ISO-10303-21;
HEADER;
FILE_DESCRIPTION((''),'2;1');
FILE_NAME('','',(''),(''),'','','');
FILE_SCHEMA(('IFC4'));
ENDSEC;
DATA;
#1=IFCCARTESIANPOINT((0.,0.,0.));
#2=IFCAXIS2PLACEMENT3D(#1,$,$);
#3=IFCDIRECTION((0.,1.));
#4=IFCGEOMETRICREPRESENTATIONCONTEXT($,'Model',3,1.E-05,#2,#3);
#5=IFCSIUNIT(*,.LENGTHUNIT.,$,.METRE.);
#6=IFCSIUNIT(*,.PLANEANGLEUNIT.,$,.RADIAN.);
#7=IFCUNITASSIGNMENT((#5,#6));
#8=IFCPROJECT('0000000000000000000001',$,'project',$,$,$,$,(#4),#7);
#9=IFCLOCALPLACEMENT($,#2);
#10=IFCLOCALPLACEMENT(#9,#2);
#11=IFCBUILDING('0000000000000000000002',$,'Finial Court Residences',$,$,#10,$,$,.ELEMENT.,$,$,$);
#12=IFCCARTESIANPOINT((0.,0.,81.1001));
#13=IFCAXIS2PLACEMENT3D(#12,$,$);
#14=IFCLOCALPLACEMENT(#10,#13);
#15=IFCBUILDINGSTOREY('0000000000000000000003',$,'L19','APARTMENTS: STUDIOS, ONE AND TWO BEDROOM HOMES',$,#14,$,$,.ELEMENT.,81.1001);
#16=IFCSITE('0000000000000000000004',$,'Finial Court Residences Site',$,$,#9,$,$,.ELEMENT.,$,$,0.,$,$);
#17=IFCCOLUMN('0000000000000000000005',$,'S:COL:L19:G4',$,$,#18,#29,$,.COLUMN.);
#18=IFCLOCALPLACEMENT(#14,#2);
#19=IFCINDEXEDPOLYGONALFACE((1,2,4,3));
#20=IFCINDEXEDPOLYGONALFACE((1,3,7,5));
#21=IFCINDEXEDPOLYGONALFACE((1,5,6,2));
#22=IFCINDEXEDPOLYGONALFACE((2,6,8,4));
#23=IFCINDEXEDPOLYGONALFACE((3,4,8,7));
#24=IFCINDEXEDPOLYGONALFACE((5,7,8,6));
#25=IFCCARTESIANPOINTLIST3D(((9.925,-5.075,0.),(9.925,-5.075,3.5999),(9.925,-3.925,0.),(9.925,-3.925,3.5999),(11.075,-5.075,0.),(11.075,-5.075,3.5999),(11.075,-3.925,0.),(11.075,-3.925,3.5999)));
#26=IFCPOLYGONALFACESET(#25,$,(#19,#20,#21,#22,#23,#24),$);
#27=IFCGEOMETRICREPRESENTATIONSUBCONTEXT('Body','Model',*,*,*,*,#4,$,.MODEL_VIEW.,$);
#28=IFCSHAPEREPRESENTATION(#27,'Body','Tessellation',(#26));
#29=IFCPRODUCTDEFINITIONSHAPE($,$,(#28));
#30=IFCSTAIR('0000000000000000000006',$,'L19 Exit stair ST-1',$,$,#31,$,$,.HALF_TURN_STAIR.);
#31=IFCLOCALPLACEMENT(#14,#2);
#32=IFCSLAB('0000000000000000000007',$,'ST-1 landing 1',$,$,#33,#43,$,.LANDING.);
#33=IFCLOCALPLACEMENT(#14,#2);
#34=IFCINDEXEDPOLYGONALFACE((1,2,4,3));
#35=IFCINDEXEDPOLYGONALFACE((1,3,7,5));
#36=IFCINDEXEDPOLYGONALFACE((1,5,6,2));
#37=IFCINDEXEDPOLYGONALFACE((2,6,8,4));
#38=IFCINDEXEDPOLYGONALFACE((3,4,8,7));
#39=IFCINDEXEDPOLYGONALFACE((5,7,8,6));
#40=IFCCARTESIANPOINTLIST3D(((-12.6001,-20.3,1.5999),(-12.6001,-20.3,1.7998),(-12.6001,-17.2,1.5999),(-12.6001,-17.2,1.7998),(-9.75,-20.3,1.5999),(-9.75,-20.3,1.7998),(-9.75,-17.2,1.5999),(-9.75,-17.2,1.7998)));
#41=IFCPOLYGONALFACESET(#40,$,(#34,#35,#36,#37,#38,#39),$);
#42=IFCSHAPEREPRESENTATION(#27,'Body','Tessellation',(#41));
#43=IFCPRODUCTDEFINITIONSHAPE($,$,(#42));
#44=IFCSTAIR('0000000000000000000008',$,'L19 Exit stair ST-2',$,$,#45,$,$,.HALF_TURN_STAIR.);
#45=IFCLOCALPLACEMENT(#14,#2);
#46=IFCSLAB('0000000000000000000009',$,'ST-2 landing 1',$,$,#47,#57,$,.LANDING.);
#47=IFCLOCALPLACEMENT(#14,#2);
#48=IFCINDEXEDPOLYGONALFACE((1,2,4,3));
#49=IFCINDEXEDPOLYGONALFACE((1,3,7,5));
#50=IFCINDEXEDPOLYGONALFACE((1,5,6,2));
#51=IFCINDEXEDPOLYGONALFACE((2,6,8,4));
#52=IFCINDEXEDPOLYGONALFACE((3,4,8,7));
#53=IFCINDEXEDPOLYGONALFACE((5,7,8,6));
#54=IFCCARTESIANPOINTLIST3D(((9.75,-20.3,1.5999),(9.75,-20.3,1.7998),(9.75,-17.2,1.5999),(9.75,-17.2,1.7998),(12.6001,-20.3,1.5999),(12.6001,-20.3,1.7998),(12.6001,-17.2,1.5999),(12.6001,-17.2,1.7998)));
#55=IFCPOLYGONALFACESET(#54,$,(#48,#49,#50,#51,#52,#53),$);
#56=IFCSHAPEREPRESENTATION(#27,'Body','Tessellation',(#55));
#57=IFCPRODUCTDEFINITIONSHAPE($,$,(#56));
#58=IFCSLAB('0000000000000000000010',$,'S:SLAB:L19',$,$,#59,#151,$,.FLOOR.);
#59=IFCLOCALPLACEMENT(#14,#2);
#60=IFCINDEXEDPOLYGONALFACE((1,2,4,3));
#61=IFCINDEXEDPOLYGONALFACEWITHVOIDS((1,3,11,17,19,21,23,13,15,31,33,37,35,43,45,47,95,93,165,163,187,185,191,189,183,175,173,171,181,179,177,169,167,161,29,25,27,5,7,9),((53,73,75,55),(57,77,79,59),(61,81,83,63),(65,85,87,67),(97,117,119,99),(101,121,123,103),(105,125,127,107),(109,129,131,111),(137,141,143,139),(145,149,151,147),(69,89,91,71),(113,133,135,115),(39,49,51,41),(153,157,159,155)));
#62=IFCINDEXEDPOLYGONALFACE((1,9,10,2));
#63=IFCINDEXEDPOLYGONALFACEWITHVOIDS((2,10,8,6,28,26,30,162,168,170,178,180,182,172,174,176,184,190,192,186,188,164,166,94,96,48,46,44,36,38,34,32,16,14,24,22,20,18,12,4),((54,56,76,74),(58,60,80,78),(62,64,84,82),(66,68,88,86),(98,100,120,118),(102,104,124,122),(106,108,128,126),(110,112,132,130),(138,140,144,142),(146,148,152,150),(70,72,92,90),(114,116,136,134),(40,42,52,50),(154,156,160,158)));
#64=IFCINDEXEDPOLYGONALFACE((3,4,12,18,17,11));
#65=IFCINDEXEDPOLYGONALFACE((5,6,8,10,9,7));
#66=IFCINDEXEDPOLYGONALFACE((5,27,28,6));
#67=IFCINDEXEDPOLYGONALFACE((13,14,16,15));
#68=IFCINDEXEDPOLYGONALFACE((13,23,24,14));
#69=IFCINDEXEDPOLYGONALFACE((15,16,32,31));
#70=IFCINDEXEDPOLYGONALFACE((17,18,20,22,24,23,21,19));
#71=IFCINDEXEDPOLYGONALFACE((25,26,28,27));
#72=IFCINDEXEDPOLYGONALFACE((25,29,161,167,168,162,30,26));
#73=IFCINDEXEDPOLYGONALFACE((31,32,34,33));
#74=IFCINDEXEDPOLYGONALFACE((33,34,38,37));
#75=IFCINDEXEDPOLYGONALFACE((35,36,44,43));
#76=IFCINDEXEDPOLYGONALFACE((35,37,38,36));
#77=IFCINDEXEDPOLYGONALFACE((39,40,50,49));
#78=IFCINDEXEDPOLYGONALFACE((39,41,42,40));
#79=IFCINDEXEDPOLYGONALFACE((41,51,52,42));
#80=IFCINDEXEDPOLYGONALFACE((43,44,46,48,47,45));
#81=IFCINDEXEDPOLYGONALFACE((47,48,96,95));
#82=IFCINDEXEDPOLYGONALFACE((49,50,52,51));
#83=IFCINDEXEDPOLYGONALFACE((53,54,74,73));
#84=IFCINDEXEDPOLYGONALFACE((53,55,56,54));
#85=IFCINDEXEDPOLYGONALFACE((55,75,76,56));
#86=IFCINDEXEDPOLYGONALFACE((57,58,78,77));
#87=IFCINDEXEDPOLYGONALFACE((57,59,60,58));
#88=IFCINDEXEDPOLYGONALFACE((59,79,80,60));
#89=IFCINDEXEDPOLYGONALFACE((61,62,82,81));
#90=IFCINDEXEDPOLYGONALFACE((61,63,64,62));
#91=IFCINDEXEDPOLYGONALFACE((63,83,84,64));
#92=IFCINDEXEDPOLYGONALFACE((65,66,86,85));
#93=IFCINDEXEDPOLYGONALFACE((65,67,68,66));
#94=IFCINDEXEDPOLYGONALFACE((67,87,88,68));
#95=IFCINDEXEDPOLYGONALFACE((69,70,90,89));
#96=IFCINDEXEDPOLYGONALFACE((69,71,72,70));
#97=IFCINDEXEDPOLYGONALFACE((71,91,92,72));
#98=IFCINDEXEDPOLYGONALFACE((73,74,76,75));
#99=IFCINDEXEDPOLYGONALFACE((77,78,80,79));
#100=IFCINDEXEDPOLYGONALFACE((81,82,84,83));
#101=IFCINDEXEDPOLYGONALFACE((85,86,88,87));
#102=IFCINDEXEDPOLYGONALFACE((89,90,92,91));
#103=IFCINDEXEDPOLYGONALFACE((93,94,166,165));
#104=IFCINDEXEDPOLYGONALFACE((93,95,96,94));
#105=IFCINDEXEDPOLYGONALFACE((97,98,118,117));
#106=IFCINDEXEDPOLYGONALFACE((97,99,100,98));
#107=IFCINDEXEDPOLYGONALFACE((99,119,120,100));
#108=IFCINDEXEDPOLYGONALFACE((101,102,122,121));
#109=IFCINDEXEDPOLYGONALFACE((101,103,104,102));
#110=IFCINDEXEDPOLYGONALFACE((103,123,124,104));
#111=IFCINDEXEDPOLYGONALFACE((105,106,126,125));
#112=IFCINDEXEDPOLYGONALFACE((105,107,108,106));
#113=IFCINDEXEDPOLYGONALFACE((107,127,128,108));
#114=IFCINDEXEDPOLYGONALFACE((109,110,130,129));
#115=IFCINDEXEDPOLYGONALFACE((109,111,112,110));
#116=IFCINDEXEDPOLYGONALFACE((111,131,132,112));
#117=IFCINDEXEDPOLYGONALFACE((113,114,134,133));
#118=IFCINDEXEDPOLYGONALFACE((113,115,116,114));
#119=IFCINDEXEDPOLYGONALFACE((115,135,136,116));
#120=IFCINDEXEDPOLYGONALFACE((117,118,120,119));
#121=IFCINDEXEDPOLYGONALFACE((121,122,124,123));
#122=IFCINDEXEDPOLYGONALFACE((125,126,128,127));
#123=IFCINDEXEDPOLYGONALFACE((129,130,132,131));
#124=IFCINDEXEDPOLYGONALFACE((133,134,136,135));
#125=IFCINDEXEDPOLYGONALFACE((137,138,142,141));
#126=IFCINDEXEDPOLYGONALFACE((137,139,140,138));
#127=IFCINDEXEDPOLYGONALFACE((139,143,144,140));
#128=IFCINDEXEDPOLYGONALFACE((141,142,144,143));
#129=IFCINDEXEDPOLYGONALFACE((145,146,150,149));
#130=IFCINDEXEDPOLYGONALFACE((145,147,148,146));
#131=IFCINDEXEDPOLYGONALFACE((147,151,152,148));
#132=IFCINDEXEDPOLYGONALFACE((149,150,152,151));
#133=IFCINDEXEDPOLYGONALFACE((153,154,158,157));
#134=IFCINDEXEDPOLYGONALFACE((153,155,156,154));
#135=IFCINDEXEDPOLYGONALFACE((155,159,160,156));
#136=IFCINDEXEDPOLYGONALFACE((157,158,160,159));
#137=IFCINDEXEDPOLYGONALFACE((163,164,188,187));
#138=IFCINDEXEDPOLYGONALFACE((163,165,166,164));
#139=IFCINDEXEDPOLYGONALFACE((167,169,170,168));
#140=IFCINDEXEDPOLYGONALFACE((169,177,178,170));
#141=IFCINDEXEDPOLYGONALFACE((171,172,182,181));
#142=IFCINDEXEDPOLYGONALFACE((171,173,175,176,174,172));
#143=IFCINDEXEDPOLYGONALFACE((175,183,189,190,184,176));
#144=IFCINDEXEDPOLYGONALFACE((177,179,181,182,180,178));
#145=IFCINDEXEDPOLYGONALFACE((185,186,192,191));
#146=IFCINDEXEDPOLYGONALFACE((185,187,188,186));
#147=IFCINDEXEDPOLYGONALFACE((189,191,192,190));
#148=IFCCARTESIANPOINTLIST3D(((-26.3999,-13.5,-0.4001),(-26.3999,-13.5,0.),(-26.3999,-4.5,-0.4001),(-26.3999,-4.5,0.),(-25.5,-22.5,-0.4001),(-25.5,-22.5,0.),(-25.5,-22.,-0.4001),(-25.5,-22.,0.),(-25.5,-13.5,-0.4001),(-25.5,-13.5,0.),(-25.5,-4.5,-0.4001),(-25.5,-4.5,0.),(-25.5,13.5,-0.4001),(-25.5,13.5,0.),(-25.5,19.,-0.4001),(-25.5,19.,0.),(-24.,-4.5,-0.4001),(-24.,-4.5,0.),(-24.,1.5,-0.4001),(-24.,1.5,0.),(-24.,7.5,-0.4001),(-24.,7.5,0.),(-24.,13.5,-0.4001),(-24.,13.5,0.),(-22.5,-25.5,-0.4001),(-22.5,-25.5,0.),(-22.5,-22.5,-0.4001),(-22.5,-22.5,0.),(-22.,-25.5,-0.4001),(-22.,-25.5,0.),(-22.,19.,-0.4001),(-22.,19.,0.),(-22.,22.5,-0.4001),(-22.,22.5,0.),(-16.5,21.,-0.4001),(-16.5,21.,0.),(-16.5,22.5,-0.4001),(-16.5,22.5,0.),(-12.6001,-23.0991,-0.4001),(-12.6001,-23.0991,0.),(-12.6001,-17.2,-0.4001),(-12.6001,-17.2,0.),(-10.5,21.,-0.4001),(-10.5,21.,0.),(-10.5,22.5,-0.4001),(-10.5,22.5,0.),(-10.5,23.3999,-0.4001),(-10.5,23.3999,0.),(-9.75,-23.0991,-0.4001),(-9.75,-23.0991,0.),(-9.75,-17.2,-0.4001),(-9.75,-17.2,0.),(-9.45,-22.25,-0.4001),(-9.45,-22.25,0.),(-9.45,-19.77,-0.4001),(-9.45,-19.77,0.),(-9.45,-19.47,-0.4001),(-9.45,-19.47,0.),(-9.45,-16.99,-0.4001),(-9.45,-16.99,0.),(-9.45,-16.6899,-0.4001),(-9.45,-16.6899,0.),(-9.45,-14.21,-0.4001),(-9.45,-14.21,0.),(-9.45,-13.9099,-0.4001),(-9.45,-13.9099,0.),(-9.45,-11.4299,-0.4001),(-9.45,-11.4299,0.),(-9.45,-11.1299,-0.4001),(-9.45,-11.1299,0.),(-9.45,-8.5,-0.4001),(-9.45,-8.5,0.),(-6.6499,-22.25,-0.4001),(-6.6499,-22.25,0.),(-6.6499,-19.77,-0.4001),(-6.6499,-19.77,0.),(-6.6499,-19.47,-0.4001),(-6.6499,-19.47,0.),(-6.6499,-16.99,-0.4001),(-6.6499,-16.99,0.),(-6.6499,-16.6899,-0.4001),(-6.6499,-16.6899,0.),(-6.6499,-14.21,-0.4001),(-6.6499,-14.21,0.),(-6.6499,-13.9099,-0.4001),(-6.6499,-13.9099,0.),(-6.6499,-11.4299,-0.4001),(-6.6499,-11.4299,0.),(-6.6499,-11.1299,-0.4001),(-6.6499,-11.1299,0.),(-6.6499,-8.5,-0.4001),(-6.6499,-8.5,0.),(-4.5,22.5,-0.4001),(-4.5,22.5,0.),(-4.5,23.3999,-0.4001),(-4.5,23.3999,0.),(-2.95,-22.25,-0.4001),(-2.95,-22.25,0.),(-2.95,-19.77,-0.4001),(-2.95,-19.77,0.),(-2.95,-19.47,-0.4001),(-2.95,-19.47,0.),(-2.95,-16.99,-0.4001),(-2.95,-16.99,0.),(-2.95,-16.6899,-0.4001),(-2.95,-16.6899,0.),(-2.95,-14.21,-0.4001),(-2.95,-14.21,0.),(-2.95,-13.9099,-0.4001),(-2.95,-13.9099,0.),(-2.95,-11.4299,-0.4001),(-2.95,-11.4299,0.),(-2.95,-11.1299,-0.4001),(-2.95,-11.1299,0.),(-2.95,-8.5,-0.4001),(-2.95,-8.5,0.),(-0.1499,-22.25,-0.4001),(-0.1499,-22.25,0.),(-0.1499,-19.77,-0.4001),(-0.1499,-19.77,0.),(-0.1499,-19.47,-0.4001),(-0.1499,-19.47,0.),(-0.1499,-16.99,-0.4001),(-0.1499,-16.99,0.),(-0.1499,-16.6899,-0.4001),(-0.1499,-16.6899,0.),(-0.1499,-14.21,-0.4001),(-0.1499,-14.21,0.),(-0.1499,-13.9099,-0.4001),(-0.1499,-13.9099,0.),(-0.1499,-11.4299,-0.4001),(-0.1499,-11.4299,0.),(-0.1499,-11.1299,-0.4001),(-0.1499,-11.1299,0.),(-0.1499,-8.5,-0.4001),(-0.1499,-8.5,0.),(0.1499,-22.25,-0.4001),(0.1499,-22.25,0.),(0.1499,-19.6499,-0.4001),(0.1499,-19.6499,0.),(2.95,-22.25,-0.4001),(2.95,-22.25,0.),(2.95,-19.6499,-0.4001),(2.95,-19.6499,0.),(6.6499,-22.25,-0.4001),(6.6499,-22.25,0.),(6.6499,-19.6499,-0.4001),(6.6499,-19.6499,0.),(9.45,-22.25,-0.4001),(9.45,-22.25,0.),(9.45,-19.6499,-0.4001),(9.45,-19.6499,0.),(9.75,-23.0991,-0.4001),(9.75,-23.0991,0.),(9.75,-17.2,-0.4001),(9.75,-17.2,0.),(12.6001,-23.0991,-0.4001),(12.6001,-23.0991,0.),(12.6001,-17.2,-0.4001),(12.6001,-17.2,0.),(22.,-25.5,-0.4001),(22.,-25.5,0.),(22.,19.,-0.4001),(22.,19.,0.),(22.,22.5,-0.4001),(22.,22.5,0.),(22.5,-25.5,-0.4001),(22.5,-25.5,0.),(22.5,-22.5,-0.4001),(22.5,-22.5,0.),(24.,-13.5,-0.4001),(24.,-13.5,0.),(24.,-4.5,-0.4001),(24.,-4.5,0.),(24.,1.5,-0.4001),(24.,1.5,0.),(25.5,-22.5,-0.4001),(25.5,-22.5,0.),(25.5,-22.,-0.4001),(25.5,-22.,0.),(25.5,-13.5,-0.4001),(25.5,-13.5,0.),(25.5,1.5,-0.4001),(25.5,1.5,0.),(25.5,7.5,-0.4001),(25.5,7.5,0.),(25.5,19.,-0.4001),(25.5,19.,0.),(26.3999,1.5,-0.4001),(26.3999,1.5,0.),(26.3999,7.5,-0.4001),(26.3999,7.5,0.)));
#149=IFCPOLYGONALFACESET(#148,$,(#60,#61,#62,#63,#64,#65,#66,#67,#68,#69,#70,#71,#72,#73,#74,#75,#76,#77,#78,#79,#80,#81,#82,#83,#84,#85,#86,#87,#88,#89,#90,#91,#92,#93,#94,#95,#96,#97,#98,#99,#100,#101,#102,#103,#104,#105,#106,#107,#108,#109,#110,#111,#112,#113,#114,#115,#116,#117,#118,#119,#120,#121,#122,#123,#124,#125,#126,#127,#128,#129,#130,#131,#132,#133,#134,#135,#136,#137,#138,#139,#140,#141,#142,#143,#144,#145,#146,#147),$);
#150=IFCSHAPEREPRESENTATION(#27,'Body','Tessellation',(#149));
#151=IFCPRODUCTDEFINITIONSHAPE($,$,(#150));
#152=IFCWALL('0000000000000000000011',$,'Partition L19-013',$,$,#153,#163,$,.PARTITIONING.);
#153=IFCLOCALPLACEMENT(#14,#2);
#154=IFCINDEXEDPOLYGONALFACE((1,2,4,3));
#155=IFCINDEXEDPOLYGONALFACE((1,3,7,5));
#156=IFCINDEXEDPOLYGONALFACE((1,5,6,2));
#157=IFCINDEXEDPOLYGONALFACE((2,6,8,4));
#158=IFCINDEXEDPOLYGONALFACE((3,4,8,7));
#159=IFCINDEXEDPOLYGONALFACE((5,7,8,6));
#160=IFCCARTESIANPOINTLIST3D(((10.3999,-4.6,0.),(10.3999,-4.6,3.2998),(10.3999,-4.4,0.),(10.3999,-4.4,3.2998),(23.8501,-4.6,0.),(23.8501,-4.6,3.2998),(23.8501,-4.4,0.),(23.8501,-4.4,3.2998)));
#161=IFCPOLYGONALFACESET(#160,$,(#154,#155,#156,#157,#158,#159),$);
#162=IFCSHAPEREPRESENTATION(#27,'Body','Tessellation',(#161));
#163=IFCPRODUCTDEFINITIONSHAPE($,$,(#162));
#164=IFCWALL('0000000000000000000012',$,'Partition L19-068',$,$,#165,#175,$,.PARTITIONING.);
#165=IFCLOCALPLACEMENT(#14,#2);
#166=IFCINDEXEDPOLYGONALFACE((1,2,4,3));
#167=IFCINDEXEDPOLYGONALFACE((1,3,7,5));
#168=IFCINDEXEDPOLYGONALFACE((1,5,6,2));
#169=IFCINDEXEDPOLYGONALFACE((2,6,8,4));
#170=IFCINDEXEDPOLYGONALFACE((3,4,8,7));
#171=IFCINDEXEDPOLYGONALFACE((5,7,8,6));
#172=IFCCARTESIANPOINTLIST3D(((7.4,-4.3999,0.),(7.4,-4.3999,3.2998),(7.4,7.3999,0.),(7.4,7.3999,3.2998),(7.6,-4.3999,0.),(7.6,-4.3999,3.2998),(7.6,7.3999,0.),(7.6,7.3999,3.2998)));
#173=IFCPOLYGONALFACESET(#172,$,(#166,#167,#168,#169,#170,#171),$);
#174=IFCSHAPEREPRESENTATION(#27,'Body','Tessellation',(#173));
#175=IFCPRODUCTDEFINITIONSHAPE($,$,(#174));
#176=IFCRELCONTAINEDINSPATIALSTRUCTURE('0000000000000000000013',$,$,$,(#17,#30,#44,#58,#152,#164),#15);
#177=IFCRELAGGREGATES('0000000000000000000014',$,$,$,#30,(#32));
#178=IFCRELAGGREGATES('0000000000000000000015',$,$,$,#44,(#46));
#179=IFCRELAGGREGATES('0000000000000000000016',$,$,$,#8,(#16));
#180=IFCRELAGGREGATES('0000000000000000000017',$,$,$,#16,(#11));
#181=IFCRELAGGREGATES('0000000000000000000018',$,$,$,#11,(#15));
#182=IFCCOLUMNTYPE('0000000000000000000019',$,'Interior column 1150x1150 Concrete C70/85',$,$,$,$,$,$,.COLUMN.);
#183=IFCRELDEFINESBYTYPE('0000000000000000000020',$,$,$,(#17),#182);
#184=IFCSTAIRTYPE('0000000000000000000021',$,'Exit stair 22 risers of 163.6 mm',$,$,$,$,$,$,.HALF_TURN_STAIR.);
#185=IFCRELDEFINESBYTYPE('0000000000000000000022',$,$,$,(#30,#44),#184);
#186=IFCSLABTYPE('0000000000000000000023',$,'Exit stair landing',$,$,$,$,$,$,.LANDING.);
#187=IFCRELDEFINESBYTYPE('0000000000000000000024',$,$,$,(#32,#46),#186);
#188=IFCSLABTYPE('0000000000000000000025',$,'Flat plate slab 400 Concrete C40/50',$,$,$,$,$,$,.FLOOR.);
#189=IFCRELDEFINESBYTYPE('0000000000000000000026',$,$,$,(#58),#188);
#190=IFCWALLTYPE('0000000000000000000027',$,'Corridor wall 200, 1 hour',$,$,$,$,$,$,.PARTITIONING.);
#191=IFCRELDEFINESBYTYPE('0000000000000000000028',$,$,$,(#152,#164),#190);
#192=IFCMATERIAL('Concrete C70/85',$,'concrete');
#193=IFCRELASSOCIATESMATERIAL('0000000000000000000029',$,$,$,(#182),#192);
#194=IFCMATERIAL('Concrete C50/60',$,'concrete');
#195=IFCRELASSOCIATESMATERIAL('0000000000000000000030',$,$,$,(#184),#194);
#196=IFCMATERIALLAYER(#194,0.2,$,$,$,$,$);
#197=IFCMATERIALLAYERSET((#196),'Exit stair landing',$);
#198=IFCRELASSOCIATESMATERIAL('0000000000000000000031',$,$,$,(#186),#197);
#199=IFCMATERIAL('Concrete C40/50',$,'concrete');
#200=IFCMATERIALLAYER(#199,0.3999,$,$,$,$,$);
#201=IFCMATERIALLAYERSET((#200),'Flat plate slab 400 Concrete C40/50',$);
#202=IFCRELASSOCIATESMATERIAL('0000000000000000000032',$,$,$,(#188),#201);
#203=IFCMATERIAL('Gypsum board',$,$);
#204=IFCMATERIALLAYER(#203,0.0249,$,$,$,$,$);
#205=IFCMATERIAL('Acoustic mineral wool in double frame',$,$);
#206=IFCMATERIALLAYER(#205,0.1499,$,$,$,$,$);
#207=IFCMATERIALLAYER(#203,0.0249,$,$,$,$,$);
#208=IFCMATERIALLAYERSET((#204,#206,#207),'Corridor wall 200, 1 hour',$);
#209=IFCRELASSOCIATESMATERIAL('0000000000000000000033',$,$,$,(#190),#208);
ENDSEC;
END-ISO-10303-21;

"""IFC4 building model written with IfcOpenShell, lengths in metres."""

from ifc_helpers import new_model, si_unit, direction, frame, frame_2d, origin, origin_2d, place, context, subcontext, project, spatial, polyline, rectangle, outline, extrude, material, layer, layer_set, material_profile, profile_set, type_object, element, aggregate, save


model = new_model("IFC4")

# Units and contexts
model_context = context("Model", 3, precision=1e-05, world=origin(), true_north=direction((0.0, 1.0)))
body_context = subcontext(model_context, "Body", "Model", "MODEL_VIEW")
ifc_project = project(units=[si_unit("LENGTHUNIT", "METRE"), si_unit("PLANEANGLEUNIT", "RADIAN")], contexts=[model_context])

# Site, building, storey
site_placement = place(None, origin())
site = spatial("IfcSite", under=ifc_project, at=site_placement, Name="Finial Court Residences Site", CompositionType="ELEMENT", RefElevation=0.0)
building_placement = place(site_placement, origin())
building = spatial("IfcBuilding", under=site, at=building_placement, Name="Finial Court Residences", CompositionType="ELEMENT")
storey_placement = place(building_placement, frame((0.0, 0.0, 81.1001)))
storey = spatial("IfcBuildingStorey", under=building, at=storey_placement, Name="L19", Description="APARTMENTS: STUDIOS, ONE AND TWO BEDROOM HOMES", CompositionType="ELEMENT", Elevation=81.1001)

# Column
ifc_material_1 = material(Name="Concrete C70/85", Category="concrete")
ifc_material_profile = material_profile(ifc_material_1, rectangle(XDim=1.1499, YDim=1.1499, at=origin_2d()), Name="1150x1150")
ifc_profile_set = profile_set([ifc_material_profile], Name="Concrete C70/85")
column_type = type_object("IfcColumnType", Name="Interior column 1150x1150 Concrete C70/85", PredefinedType="COLUMN", material=ifc_profile_set)
column_placement = place(storey_placement, frame((10.5, -4.5, 0.0), z_axis=(0.0, 0.0, 1.0), x_axis=(1.0, 0.0, 0.0)))
element("IfcColumn", 1, at=column_placement, inside=storey, type_object=column_type, Name="S:COL:L19:G4", PredefinedType="COLUMN", context=body_context, shape_type="SweptSolid", body=[
    extrude(rectangle(XDim=1.1499, YDim=1.1499, at=origin_2d()), origin(), (0.0, 0.0, 1.0), 3.5999),
])

# Stairs, slabs
ifc_material_2 = material(Name="Concrete C50/60", Category="concrete")
stair_type = type_object("IfcStairType", Name="Exit stair 22 risers of 163.6 mm", PredefinedType="HALF_TURN_STAIR", material=ifc_material_2)
stair_1_placement = place(storey_placement, origin())
stair_1 = element("IfcStair", 2, at=stair_1_placement, inside=storey, type_object=stair_type, Name="L19 Exit stair ST-1", PredefinedType="HALF_TURN_STAIR")
ifc_layer_1 = layer(ifc_material_2, 0.2)
ifc_layer_set_1 = layer_set([ifc_layer_1], Name="Exit stair landing")
slab_type_1 = type_object("IfcSlabType", Name="Exit stair landing", PredefinedType="LANDING", material=ifc_layer_set_1)
slab_1_placement = place(storey_placement, frame((0.0, 0.0, 1.5999)))
slab_1 = element("IfcSlab", 3, at=slab_1_placement, type_object=slab_type_1, Name="ST-1 landing 1", PredefinedType="LANDING", context=body_context, shape_type="SweptSolid", body=[
    extrude(outline(polyline([(-9.75, -20.3), (-9.75, -17.2), (-12.6001, -17.2), (-12.6001, -20.3), (-9.75, -20.3)])), origin(), (0.0, 0.0, 1.0), 0.2),
])
aggregate(stair_1, [slab_1])
stair_2_placement = place(storey_placement, origin())
stair_2 = element("IfcStair", 4, at=stair_2_placement, inside=storey, type_object=stair_type, Name="L19 Exit stair ST-2", PredefinedType="HALF_TURN_STAIR")
slab_2_placement = place(storey_placement, frame((0.0, 0.0, 1.5999)))
slab_2 = element("IfcSlab", 5, at=slab_2_placement, type_object=slab_type_1, Name="ST-2 landing 1", PredefinedType="LANDING", context=body_context, shape_type="SweptSolid", body=[
    extrude(outline(polyline([(12.6001, -20.3), (12.6001, -17.2), (9.75, -17.2), (9.75, -20.3), (12.6001, -20.3)])), origin(), (0.0, 0.0, 1.0), 0.2),
])
aggregate(stair_2, [slab_2])

# Slab
ifc_material_3 = material(Name="Concrete C40/50", Category="concrete")
ifc_layer_2 = layer(ifc_material_3, 0.3999)
ifc_layer_set_2 = layer_set([ifc_layer_2], Name="Flat plate slab 400 Concrete C40/50")
slab_type_2 = type_object("IfcSlabType", Name="Flat plate slab 400 Concrete C40/50", PredefinedType="FLOOR", material=ifc_layer_set_2)
slab_3_placement = place(storey_placement, frame((0.0, 0.0, -0.4001)))
element("IfcSlab", 6, at=slab_3_placement, inside=storey, type_object=slab_type_2, Name="S:SLAB:L19", PredefinedType="FLOOR", context=body_context, shape_type="SweptSolid", body=[
    extrude(outline(polyline([(-22.5, -25.5), (-22.5, -22.5), (-25.5, -22.5), (-25.5, -22.0), (-25.5, -13.5), (-26.3999, -13.5), (-26.3999, -4.5), (-25.5, -4.5), (-24.0, -4.5), (-24.0, 1.5), (-24.0, 7.5), (-24.0, 13.5), (-25.5, 13.5), (-25.5, 19.0), (-22.0, 19.0), (-22.0, 22.5), (-16.5, 22.5), (-16.5, 21.0), (-10.5, 21.0), (-10.5, 22.5), (-10.5, 23.3999), (-4.5, 23.3999), (-4.5, 22.5), (22.0, 22.5), (22.0, 19.0), (25.5, 19.0), (25.5, 7.5), (26.3999, 7.5), (26.3999, 1.5), (25.5, 1.5), (24.0, 1.5), (24.0, -4.5), (24.0, -13.5), (25.5, -13.5), (25.5, -22.0), (25.5, -22.5), (22.5, -22.5), (22.5, -25.5), (22.0, -25.5), (-22.0, -25.5), (-22.5, -25.5)]), holes=[polyline([(-6.6499, -19.77), (-9.45, -19.77), (-9.45, -22.25), (-6.6499, -22.25), (-6.6499, -19.77)]), polyline([(-9.75, -17.2), (-12.6001, -17.2), (-12.6001, -23.0991), (-9.75, -23.0991), (-9.75, -17.2)]), polyline([(-6.6499, -19.47), (-6.6499, -16.99), (-9.45, -16.99), (-9.45, -19.47), (-6.6499, -19.47)]), polyline([(-6.6499, -16.6899), (-6.6499, -14.21), (-9.45, -14.21), (-9.45, -16.6899), (-6.6499, -16.6899)]), polyline([(-6.6499, -13.9099), (-6.6499, -11.4299), (-9.45, -11.4299), (-9.45, -13.9099), (-6.6499, -13.9099)]), polyline([(-6.6499, -11.1299), (-6.6499, -8.5), (-9.45, -8.5), (-9.45, -11.1299), (-6.6499, -11.1299)]), polyline([(-0.1499, -11.1299), (-0.1499, -8.5), (-2.95, -8.5), (-2.95, -11.1299), (-0.1499, -11.1299)]), polyline([(-0.1499, -19.77), (-2.95, -19.77), (-2.95, -22.25), (-0.1499, -22.25), (-0.1499, -19.77)]), polyline([(2.95, -22.25), (2.95, -19.6499), (0.1499, -19.6499), (0.1499, -22.25), (2.95, -22.25)]), polyline([(9.45, -22.25), (9.45, -19.6499), (6.6499, -19.6499), (6.6499, -22.25), (9.45, -22.25)]), polyline([(12.6001, -17.2), (9.75, -17.2), (9.75, -23.0991), (12.6001, -23.0991), (12.6001, -17.2)]), polyline([(-0.1499, -19.47), (-0.1499, -16.99), (-2.95, -16.99), (-2.95, -19.47), (-0.1499, -19.47)]), polyline([(-0.1499, -16.6899), (-0.1499, -14.21), (-2.95, -14.21), (-2.95, -16.6899), (-0.1499, -16.6899)]), polyline([(-0.1499, -13.9099), (-0.1499, -11.4299), (-2.95, -11.4299), (-2.95, -13.9099), (-0.1499, -13.9099)])]), origin(), (0.0, 0.0, 1.0), 0.4001),
])

# Walls
ifc_material_4 = material(Name="Gypsum board")
ifc_layer_3 = layer(ifc_material_4, 0.0249)
ifc_material_5 = material(Name="Acoustic mineral wool in double frame")
ifc_layer_4 = layer(ifc_material_5, 0.1499)
ifc_layer_5 = layer(ifc_material_4, 0.0249)
ifc_layer_set_3 = layer_set([ifc_layer_3, ifc_layer_4, ifc_layer_5], Name="Corridor wall 200, 1 hour")
wall_type_1 = type_object("IfcWallType", Name="Corridor wall 200, 1 hour", PredefinedType="PARTITIONING", material=ifc_layer_set_3)
wall_1_placement = place(storey_placement, frame((10.3999, -4.5, 0.0), z_axis=(0.0, 0.0, 1.0), x_axis=(1.0, 0.0, 0.0)))
element("IfcWall", 7, at=wall_1_placement, inside=storey, type_object=wall_type_1, Name="Partition L19-013", PredefinedType="PARTITIONING", context=body_context, shape_type="SweptSolid", body=[
    extrude(rectangle(XDim=13.4502, YDim=0.2, at=frame_2d((6.7251, 0.0))), origin(), (0.0, 0.0, 1.0), 3.2998),
])
wall_2_placement = place(storey_placement, frame((7.5, -4.3999, 0.0), z_axis=(0.0, 0.0, 1.0), x_axis=(0.0, 1.0, 0.0)))
element("IfcWall", 8, at=wall_2_placement, inside=storey, type_object=wall_type_1, Name="Partition L19-068", PredefinedType="PARTITIONING", context=body_context, shape_type="SweptSolid", body=[
    extrude(rectangle(XDim=11.7998, YDim=0.2, at=frame_2d((5.8999, 0.0))), origin(), (0.0, 0.0, 1.0), 3.2998),
])

save(model, "model.ifc")
